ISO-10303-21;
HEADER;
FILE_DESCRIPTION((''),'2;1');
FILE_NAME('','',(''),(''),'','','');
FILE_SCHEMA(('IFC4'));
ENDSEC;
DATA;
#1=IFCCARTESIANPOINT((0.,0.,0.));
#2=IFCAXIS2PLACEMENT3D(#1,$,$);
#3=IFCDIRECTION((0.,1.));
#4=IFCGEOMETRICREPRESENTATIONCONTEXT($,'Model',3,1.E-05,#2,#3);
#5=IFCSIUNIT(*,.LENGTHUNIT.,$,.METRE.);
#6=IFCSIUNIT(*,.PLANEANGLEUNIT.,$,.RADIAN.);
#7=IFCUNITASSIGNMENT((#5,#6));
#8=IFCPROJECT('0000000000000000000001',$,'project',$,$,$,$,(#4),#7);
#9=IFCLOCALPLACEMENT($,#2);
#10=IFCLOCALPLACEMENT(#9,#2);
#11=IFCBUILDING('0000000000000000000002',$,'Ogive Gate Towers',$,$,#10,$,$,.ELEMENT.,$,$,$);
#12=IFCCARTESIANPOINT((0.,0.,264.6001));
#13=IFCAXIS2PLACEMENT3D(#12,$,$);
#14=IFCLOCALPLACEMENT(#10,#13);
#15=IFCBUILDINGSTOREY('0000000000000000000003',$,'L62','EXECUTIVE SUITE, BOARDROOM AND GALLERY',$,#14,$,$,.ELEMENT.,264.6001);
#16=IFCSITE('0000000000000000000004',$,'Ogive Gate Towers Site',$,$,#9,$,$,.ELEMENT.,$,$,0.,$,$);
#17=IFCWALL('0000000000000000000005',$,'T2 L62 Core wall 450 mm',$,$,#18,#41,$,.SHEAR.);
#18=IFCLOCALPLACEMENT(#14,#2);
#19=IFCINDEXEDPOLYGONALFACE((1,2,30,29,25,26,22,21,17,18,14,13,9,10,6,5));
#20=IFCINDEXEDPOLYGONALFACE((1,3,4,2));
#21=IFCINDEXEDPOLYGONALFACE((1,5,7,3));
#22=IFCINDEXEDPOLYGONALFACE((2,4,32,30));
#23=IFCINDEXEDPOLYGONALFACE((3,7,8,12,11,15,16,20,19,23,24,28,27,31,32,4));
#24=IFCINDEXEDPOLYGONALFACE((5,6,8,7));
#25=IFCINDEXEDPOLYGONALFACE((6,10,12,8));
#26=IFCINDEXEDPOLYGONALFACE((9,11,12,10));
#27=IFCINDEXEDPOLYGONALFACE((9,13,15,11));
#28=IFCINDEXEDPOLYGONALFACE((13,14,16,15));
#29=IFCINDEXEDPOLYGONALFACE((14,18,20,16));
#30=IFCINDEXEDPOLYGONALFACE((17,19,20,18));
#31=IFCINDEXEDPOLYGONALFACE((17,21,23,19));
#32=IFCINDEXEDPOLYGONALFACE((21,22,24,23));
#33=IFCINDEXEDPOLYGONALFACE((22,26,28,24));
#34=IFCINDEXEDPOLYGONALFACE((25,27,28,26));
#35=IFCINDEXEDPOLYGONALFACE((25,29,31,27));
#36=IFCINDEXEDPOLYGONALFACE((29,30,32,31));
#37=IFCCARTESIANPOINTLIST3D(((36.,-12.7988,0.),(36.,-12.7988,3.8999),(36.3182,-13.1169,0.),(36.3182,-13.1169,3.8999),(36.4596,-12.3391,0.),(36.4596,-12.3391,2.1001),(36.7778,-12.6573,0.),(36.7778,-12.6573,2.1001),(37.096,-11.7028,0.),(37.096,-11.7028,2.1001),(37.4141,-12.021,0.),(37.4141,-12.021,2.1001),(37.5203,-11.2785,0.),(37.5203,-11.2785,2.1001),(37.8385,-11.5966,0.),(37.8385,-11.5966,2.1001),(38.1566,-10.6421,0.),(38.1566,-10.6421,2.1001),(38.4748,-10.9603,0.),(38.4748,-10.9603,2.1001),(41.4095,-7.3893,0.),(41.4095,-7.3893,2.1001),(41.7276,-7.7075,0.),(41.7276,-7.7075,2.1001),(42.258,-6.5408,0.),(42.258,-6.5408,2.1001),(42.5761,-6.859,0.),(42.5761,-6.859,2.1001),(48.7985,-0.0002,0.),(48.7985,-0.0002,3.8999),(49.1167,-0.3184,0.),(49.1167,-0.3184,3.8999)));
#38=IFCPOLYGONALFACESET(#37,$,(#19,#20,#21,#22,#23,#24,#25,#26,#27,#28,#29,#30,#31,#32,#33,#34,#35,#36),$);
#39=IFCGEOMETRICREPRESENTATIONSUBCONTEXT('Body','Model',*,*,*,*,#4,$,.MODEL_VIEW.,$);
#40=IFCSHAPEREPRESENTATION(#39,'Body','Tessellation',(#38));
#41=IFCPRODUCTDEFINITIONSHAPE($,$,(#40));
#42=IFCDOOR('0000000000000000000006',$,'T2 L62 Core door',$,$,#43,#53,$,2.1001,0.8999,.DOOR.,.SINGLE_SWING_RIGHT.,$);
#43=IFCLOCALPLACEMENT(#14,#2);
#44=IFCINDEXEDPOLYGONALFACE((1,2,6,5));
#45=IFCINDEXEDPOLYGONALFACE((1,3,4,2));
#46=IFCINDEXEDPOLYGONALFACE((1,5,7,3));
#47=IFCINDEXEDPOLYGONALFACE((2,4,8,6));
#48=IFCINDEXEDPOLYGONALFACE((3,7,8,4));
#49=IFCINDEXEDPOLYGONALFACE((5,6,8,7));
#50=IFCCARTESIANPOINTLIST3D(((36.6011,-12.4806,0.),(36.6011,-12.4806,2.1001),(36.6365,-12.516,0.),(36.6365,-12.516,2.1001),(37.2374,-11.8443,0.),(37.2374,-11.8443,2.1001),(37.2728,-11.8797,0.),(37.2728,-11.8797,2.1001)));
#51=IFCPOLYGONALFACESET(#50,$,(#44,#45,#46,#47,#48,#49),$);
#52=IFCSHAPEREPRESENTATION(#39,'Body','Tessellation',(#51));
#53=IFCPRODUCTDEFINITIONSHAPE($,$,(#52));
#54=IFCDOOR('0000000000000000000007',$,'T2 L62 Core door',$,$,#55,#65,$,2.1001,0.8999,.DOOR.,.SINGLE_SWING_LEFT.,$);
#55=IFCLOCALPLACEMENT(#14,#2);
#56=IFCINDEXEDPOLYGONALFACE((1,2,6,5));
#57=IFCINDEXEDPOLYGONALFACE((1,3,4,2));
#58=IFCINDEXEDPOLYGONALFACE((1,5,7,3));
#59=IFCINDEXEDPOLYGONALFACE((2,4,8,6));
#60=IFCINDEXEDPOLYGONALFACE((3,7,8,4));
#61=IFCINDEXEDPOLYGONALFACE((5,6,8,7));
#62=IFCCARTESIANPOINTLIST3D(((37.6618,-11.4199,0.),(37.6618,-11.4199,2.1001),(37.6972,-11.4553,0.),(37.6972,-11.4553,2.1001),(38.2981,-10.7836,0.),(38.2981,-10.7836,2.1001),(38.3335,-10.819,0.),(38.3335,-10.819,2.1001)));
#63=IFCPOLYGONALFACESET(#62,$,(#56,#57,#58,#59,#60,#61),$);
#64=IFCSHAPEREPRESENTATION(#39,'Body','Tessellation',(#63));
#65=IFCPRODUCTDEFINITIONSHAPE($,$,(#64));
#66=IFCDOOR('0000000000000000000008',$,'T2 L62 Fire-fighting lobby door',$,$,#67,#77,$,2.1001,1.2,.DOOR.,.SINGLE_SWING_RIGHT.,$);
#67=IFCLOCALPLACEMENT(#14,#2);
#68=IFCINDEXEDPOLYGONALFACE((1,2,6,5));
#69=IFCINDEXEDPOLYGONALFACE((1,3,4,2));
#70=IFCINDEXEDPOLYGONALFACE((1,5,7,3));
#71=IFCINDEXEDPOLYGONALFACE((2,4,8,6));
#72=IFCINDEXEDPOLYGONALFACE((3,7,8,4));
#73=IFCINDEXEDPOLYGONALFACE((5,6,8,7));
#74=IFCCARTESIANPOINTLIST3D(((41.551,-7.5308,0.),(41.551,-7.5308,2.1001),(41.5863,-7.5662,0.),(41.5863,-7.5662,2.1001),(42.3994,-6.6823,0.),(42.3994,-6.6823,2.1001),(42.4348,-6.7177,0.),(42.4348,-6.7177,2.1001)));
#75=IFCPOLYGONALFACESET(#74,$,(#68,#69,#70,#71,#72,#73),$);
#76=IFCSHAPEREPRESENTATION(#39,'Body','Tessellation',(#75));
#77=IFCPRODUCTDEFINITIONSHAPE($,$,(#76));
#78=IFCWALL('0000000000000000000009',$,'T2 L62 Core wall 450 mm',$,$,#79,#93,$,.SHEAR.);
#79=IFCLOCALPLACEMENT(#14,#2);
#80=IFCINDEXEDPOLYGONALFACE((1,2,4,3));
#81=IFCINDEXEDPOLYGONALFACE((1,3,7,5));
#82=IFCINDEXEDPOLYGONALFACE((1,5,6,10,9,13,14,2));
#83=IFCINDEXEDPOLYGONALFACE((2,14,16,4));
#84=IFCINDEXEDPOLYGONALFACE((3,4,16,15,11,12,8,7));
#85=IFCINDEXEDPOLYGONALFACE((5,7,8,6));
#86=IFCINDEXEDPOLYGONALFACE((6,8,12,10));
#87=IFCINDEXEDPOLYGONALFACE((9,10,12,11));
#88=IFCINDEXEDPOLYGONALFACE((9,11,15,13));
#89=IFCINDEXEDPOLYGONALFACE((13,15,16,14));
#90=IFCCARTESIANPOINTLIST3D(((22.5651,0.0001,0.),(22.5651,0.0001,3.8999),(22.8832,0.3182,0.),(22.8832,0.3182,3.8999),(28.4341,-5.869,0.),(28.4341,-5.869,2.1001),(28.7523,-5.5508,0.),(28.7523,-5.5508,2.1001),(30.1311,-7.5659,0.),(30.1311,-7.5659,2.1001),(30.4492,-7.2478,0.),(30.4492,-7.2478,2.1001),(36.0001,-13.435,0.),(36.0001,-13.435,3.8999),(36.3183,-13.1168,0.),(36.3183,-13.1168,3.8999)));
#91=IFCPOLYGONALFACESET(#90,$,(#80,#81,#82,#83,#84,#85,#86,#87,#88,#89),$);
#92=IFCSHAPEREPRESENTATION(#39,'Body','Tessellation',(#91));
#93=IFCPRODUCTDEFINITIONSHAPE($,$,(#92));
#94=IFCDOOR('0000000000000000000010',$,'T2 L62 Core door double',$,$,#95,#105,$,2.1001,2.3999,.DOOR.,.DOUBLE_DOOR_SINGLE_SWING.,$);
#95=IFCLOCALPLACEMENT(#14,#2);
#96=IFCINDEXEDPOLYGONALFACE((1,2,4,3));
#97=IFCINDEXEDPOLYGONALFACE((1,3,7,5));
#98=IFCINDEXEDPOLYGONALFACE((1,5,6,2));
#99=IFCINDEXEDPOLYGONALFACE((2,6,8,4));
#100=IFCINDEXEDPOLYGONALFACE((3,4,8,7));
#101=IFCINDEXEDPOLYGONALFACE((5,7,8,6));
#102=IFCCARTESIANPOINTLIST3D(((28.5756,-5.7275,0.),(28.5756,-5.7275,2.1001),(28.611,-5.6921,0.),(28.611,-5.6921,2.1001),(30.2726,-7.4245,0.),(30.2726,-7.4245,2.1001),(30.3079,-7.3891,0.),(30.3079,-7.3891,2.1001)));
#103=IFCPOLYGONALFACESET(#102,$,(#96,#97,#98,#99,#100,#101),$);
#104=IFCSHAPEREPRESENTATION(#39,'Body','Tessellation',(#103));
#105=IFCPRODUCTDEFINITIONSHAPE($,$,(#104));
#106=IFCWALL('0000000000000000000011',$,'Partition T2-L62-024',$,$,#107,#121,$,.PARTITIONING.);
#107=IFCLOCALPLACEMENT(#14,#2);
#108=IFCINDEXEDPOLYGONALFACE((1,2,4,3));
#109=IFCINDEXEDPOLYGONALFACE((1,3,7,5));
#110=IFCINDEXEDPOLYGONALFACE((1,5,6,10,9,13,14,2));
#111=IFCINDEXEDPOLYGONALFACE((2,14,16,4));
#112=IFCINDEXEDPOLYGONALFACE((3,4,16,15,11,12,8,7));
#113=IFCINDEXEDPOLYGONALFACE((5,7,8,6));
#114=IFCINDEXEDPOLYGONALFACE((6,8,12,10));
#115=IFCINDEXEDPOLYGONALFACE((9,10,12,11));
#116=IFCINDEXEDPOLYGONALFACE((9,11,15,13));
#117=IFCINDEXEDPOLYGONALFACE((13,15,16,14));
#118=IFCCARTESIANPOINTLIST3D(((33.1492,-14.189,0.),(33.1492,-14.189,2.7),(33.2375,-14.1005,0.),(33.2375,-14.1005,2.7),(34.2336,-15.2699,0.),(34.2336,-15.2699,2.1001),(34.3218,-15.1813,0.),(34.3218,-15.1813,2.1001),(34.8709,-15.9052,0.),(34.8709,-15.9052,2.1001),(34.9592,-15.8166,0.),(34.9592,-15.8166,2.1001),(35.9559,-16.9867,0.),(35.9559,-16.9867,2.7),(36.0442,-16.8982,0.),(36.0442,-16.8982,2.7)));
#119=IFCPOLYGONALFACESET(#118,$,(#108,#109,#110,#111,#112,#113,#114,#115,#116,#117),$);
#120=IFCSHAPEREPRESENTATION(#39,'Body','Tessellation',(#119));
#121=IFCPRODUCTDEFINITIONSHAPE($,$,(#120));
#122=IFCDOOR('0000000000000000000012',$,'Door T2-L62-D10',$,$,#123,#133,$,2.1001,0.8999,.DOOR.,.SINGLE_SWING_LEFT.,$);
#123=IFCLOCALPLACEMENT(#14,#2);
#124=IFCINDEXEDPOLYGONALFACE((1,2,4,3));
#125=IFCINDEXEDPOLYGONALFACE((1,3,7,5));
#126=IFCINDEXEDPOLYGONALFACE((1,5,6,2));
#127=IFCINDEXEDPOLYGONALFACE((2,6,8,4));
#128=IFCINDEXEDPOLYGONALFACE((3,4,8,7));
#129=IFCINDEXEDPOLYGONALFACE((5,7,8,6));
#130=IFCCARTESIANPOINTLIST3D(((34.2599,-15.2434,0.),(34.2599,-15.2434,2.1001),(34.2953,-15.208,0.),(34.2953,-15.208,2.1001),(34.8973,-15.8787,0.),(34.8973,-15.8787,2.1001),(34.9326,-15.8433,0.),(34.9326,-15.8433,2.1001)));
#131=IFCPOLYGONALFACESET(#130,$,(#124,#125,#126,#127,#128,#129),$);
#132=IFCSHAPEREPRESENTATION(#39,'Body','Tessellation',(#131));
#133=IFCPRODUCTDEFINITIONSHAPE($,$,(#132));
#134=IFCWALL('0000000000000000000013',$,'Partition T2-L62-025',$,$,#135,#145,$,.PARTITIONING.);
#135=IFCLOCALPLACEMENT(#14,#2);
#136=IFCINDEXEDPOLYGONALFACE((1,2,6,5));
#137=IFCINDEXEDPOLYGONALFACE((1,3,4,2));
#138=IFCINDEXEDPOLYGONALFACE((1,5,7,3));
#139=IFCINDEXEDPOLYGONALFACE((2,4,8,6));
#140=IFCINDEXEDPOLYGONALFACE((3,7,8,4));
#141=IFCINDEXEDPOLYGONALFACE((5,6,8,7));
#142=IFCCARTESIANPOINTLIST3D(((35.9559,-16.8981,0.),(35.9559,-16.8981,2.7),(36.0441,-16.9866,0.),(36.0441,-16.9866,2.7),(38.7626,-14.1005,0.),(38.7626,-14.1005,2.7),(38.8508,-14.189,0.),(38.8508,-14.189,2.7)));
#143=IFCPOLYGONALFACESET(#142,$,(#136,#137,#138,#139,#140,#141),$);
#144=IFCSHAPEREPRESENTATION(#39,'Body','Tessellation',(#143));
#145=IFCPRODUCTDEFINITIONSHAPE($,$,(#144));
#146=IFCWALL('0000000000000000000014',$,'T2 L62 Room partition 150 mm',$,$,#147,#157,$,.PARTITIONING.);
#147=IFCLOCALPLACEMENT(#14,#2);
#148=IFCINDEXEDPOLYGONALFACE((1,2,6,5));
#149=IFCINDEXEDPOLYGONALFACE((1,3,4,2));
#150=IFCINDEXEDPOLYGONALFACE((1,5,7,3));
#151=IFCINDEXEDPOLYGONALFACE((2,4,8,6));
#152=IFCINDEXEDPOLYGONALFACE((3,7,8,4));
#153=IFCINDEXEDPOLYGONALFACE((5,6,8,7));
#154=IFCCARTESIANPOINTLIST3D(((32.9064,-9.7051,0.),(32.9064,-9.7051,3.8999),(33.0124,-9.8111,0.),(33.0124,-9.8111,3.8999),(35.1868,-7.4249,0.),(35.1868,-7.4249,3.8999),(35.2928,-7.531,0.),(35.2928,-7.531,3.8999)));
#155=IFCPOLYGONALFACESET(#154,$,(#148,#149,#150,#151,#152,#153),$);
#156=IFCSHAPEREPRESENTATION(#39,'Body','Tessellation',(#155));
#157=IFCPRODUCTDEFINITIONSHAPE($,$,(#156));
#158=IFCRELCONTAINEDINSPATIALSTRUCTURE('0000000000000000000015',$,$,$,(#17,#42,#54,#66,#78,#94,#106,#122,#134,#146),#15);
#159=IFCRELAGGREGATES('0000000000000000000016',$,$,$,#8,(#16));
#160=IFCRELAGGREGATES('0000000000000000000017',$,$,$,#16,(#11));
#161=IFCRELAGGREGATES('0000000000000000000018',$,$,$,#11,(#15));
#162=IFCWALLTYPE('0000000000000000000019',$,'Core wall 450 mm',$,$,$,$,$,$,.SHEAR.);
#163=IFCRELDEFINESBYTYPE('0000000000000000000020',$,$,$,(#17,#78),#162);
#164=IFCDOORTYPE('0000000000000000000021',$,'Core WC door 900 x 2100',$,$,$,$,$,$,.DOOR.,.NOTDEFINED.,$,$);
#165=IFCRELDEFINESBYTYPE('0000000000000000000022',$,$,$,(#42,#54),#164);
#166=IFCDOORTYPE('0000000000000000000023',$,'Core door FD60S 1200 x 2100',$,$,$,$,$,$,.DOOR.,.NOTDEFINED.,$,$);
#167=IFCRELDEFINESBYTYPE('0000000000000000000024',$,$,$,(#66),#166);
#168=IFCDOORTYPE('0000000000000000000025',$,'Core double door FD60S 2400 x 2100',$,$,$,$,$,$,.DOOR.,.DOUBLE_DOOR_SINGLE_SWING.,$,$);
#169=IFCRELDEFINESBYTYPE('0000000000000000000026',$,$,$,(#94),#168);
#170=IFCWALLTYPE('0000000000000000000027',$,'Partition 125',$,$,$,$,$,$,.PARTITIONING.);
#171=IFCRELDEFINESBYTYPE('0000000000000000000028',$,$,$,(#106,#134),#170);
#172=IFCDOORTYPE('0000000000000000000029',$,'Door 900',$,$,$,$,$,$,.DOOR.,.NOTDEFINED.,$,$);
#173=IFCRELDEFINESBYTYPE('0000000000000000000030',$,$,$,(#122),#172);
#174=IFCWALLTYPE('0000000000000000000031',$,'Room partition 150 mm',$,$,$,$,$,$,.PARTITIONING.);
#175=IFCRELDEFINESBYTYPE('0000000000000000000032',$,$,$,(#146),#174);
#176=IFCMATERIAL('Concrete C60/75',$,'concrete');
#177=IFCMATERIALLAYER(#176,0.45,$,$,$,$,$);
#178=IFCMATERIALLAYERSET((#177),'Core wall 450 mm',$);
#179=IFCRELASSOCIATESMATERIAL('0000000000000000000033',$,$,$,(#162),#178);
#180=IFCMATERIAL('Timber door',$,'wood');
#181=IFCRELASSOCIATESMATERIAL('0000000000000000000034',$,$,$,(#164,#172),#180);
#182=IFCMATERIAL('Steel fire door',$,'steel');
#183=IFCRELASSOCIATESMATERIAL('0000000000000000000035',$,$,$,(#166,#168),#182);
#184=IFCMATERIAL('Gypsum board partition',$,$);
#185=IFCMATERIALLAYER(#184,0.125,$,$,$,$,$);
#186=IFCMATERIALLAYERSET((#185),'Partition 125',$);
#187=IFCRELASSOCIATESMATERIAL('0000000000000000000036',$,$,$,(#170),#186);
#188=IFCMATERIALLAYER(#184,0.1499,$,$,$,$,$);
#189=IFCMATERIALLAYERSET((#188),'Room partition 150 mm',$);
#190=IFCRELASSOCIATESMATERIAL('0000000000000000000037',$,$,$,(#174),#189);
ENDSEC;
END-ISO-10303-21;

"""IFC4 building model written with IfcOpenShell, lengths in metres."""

from ifc_helpers import new_model, si_unit, direction, frame, frame_2d, origin, place, context, subcontext, project, spatial, rectangle, extrude, material, layer, layer_set, type_object, element, fill, save


model = new_model("IFC4")

# Units and contexts
model_context = context("Model", 3, precision=1e-05, world=origin(), true_north=direction((0.0, 1.0)))
body_context = subcontext(model_context, "Body", "Model", "MODEL_VIEW")
ifc_project = project(units=[si_unit("LENGTHUNIT", "METRE"), si_unit("PLANEANGLEUNIT", "RADIAN")], contexts=[model_context])

# Site, building, storey
site_placement = place(None, origin())
site = spatial("IfcSite", under=ifc_project, at=site_placement, Name="Ogive Gate Towers Site", CompositionType="ELEMENT", RefElevation=0.0)
building_placement = place(site_placement, origin())
building = spatial("IfcBuilding", under=site, at=building_placement, Name="Ogive Gate Towers", CompositionType="ELEMENT")
storey_placement = place(building_placement, frame((0.0, 0.0, 264.6001)))
storey = spatial("IfcBuildingStorey", under=building, at=storey_placement, Name="L62", Description="EXECUTIVE SUITE, BOARDROOM AND GALLERY", CompositionType="ELEMENT", Elevation=264.6001)

# Wall, openings, doors
ifc_material_1 = material(Name="Concrete C60/75", Category="concrete")
ifc_layer_1 = layer(ifc_material_1, 0.45)
ifc_layer_set_1 = layer_set([ifc_layer_1], Name="Core wall 450 mm")
wall_type_1 = type_object("IfcWallType", Name="Core wall 450 mm", PredefinedType="SHEAR", material=ifc_layer_set_1)
wall_1_placement = place(storey_placement, frame((36.1592, -12.9578, 0.0), z_axis=(0.0, 0.0, 1.0), x_axis=(0.707107, 0.707107, 0.0)))
wall_1 = element("IfcWall", 1, at=wall_1_placement, inside=storey, type_object=wall_type_1, Name="T2 L62 Core wall 450 mm", PredefinedType="SHEAR", context=body_context, shape_type="SweptSolid", body=[
    extrude(rectangle(XDim=18.0999, YDim=0.45, at=frame_2d((9.0498, 0.0))), origin(), (0.0, 0.0, 1.0), 3.8999),
])
opening_1_placement = place(wall_1_placement, frame((7.6499, 0.0, 0.0)))
opening_1 = element("IfcOpeningElement", 2, at=opening_1_placement, cuts=wall_1, PredefinedType="OPENING", context=body_context, shape_type="SweptSolid", body=[
    extrude(rectangle(XDim=1.2, YDim=2.1001, at=frame_2d((0.6001, 1.05))), frame((0.0, 0.2349, 0.0), z_axis=(0.0, -1.0, 0.0), x_axis=(1.0, 0.0, 0.0)), (0.0, 0.0, 1.0), 0.47),
])
opening_2_placement = place(wall_1_placement, frame((0.6499, 0.0, 0.0)))
opening_2 = element("IfcOpeningElement", 3, at=opening_2_placement, cuts=wall_1, PredefinedType="OPENING", context=body_context, shape_type="SweptSolid", body=[
    extrude(rectangle(XDim=0.8999, YDim=2.1001, at=frame_2d((0.45, 1.05))), frame((0.0, 0.2349, 0.0), z_axis=(0.0, -1.0, 0.0), x_axis=(1.0, 0.0, 0.0)), (0.0, 0.0, 1.0), 0.47),
])
opening_3_placement = place(wall_1_placement, frame((2.1499, 0.0, 0.0)))
opening_3 = element("IfcOpeningElement", 4, at=opening_3_placement, cuts=wall_1, PredefinedType="OPENING", context=body_context, shape_type="SweptSolid", body=[
    extrude(rectangle(XDim=0.8999, YDim=2.1001, at=frame_2d((0.45, 1.05))), frame((0.0, 0.2349, 0.0), z_axis=(0.0, -1.0, 0.0), x_axis=(1.0, 0.0, 0.0)), (0.0, 0.0, 1.0), 0.47),
])
ifc_material_2 = material(Name="Timber door", Category="wood")
door_type_1 = type_object("IfcDoorType", Name="Core WC door 900 x 2100", OperationType="NOTDEFINED", PredefinedType="DOOR", material=ifc_material_2)
door_1_placement = place(opening_2_placement, origin())
door_1 = element("IfcDoor", 5, at=door_1_placement, inside=storey, type_object=door_type_1, Name="T2 L62 Core door", OperationType="SINGLE_SWING_RIGHT", OverallHeight=2.1001, OverallWidth=0.8999, PredefinedType="DOOR", context=body_context, shape_type="SweptSolid", body=[
    extrude(rectangle(XDim=0.8999, YDim=2.1001, at=frame_2d((0.45, 1.05))), frame((0.0, 0.0249, 0.0), z_axis=(0.0, -1.0, 0.0), x_axis=(1.0, 0.0, 0.0)), (0.0, 0.0, 1.0), 0.05),
])
fill(opening_2, door_1)
door_2_placement = place(opening_3_placement, origin())
door_2 = element("IfcDoor", 6, at=door_2_placement, inside=storey, type_object=door_type_1, Name="T2 L62 Core door", OperationType="SINGLE_SWING_LEFT", OverallHeight=2.1001, OverallWidth=0.8999, PredefinedType="DOOR", context=body_context, shape_type="SweptSolid", body=[
    extrude(rectangle(XDim=0.8999, YDim=2.1001, at=frame_2d((0.45, 1.05))), frame((0.0, 0.0249, 0.0), z_axis=(0.0, -1.0, 0.0), x_axis=(1.0, 0.0, 0.0)), (0.0, 0.0, 1.0), 0.05),
])
fill(opening_3, door_2)
ifc_material_3 = material(Name="Steel fire door", Category="steel")
door_type_2 = type_object("IfcDoorType", Name="Core door FD60S 1200 x 2100", OperationType="NOTDEFINED", PredefinedType="DOOR", material=ifc_material_3)
door_3_placement = place(opening_1_placement, origin())
door_3 = element("IfcDoor", 7, at=door_3_placement, inside=storey, type_object=door_type_2, Name="T2 L62 Fire-fighting lobby door", OperationType="SINGLE_SWING_RIGHT", OverallHeight=2.1001, OverallWidth=1.2, PredefinedType="DOOR", context=body_context, shape_type="SweptSolid", body=[
    extrude(rectangle(XDim=1.2, YDim=2.1001, at=frame_2d((0.6001, 1.05))), frame((0.0, 0.0249, 0.0), z_axis=(0.0, -1.0, 0.0), x_axis=(1.0, 0.0, 0.0)), (0.0, 0.0, 1.0), 0.05),
])
fill(opening_1, door_3)

# Walls, openings, doors
wall_2_placement = place(storey_placement, frame((36.1592, -13.2759, 0.0), z_axis=(0.0, 0.0, 1.0), x_axis=(-0.707107, 0.707107, 0.0)))
wall_2 = element("IfcWall", 8, at=wall_2_placement, inside=storey, type_object=wall_type_1, Name="T2 L62 Core wall 450 mm", PredefinedType="SHEAR", context=body_context, shape_type="SweptSolid", body=[
    extrude(rectangle(XDim=19.0, YDim=0.45, at=frame_2d((9.5, 0.0))), origin(), (0.0, 0.0, 1.0), 3.8999),
])
opening_4_placement = place(wall_2_placement, frame((8.3, 0.0, 0.0)))
opening_4 = element("IfcOpeningElement", 9, at=opening_4_placement, cuts=wall_2, PredefinedType="OPENING", context=body_context, shape_type="SweptSolid", body=[
    extrude(rectangle(XDim=2.3999, YDim=2.1001, at=frame_2d((1.2, 1.05))), frame((0.0, 0.2349, 0.0), z_axis=(0.0, -1.0, 0.0), x_axis=(1.0, 0.0, 0.0)), (0.0, 0.0, 1.0), 0.47),
])
door_type_3 = type_object("IfcDoorType", Name="Core double door FD60S 2400 x 2100", OperationType="DOUBLE_DOOR_SINGLE_SWING", PredefinedType="DOOR", material=ifc_material_3)
door_4_placement = place(opening_4_placement, origin())
door_4 = element("IfcDoor", 10, at=door_4_placement, inside=storey, type_object=door_type_3, Name="T2 L62 Core door double", OperationType="DOUBLE_DOOR_SINGLE_SWING", OverallHeight=2.1001, OverallWidth=2.3999, PredefinedType="DOOR", context=body_context, shape_type="SweptSolid", body=[
    extrude(rectangle(XDim=2.3999, YDim=2.1001, at=frame_2d((1.2, 1.05))), frame((0.0, 0.0249, 0.0), z_axis=(0.0, -1.0, 0.0), x_axis=(1.0, 0.0, 0.0)), (0.0, 0.0, 1.0), 0.05),
])
fill(opening_4, door_4)
ifc_material_4 = material(Name="Gypsum board partition")
ifc_layer_2 = layer(ifc_material_4, 0.125)
ifc_layer_set_2 = layer_set([ifc_layer_2], Name="Partition 125")
wall_type_2 = type_object("IfcWallType", Name="Partition 125", PredefinedType="PARTITIONING", material=ifc_layer_set_2)
wall_3_placement = place(storey_placement, frame((33.1934, -14.1448, 0.0), z_axis=(0.0, 0.0, 1.0), x_axis=(0.708246, -0.705966, 0.0)))
wall_3 = element("IfcWall", 11, at=wall_3_placement, inside=storey, type_object=wall_type_2, Name="Partition T2-L62-024", PredefinedType="PARTITIONING", context=body_context, shape_type="SweptSolid", body=[
    extrude(rectangle(XDim=3.9629, YDim=0.125, at=frame_2d((1.9814, 0.0))), origin(), (0.0, 0.0, 1.0), 2.7),
])
opening_5_placement = place(wall_3_placement, frame((1.531, 0.0, 0.0)))
opening_5 = element("IfcOpeningElement", 12, at=opening_5_placement, cuts=wall_3, PredefinedType="OPENING", context=body_context, shape_type="SweptSolid", body=[
    extrude(rectangle(XDim=0.8999, YDim=2.1001, at=frame_2d((0.45, 1.05))), frame((0.0, 0.0725, 0.0), z_axis=(0.0, -1.0, 0.0), x_axis=(1.0, 0.0, 0.0)), (0.0, 0.0, 1.0), 0.145),
])
door_type_4 = type_object("IfcDoorType", Name="Door 900", OperationType="NOTDEFINED", PredefinedType="DOOR", material=ifc_material_2)
door_5_placement = place(opening_5_placement, origin())
door_5 = element("IfcDoor", 13, at=door_5_placement, inside=storey, type_object=door_type_4, Name="Door T2-L62-D10", OperationType="SINGLE_SWING_LEFT", OverallHeight=2.1001, OverallWidth=0.8999, PredefinedType="DOOR", context=body_context, shape_type="SweptSolid", body=[
    extrude(rectangle(XDim=0.8999, YDim=2.1001, at=frame_2d((0.45, 1.05))), frame((0.0, 0.0249, 0.0), z_axis=(0.0, -1.0, 0.0), x_axis=(1.0, 0.0, 0.0)), (0.0, 0.0, 1.0), 0.05),
])
fill(opening_5, door_5)

# Walls
wall_4_placement = place(storey_placement, frame((36.0, -16.9424, 0.0), z_axis=(0.0, 0.0, 1.0), x_axis=(0.708246, 0.705966, 0.0)))
element("IfcWall", 14, at=wall_4_placement, inside=storey, type_object=wall_type_2, Name="Partition T2-L62-025", PredefinedType="PARTITIONING", context=body_context, shape_type="SweptSolid", body=[
    extrude(rectangle(XDim=3.9629, YDim=0.125, at=frame_2d((1.9814, 0.0))), origin(), (0.0, 0.0, 1.0), 2.7),
])
ifc_layer_3 = layer(ifc_material_4, 0.1499)
ifc_layer_set_3 = layer_set([ifc_layer_3], Name="Room partition 150 mm")
wall_type_3 = type_object("IfcWallType", Name="Room partition 150 mm", PredefinedType="PARTITIONING", material=ifc_layer_set_3)
wall_5_placement = place(storey_placement, frame((32.9595, -9.7581, 0.0), z_axis=(0.0, 0.0, 1.0), x_axis=(0.707145, 0.707069, 0.0)))
element("IfcWall", 15, at=wall_5_placement, inside=storey, type_object=wall_type_3, Name="T2 L62 Room partition 150 mm", PredefinedType="PARTITIONING", context=body_context, shape_type="SweptSolid", body=[
    extrude(rectangle(XDim=3.2249, YDim=0.1499, at=frame_2d((1.6123, 0.0))), origin(), (0.0, 0.0, 1.0), 3.8999),
])

save(model, "model.ifc")
